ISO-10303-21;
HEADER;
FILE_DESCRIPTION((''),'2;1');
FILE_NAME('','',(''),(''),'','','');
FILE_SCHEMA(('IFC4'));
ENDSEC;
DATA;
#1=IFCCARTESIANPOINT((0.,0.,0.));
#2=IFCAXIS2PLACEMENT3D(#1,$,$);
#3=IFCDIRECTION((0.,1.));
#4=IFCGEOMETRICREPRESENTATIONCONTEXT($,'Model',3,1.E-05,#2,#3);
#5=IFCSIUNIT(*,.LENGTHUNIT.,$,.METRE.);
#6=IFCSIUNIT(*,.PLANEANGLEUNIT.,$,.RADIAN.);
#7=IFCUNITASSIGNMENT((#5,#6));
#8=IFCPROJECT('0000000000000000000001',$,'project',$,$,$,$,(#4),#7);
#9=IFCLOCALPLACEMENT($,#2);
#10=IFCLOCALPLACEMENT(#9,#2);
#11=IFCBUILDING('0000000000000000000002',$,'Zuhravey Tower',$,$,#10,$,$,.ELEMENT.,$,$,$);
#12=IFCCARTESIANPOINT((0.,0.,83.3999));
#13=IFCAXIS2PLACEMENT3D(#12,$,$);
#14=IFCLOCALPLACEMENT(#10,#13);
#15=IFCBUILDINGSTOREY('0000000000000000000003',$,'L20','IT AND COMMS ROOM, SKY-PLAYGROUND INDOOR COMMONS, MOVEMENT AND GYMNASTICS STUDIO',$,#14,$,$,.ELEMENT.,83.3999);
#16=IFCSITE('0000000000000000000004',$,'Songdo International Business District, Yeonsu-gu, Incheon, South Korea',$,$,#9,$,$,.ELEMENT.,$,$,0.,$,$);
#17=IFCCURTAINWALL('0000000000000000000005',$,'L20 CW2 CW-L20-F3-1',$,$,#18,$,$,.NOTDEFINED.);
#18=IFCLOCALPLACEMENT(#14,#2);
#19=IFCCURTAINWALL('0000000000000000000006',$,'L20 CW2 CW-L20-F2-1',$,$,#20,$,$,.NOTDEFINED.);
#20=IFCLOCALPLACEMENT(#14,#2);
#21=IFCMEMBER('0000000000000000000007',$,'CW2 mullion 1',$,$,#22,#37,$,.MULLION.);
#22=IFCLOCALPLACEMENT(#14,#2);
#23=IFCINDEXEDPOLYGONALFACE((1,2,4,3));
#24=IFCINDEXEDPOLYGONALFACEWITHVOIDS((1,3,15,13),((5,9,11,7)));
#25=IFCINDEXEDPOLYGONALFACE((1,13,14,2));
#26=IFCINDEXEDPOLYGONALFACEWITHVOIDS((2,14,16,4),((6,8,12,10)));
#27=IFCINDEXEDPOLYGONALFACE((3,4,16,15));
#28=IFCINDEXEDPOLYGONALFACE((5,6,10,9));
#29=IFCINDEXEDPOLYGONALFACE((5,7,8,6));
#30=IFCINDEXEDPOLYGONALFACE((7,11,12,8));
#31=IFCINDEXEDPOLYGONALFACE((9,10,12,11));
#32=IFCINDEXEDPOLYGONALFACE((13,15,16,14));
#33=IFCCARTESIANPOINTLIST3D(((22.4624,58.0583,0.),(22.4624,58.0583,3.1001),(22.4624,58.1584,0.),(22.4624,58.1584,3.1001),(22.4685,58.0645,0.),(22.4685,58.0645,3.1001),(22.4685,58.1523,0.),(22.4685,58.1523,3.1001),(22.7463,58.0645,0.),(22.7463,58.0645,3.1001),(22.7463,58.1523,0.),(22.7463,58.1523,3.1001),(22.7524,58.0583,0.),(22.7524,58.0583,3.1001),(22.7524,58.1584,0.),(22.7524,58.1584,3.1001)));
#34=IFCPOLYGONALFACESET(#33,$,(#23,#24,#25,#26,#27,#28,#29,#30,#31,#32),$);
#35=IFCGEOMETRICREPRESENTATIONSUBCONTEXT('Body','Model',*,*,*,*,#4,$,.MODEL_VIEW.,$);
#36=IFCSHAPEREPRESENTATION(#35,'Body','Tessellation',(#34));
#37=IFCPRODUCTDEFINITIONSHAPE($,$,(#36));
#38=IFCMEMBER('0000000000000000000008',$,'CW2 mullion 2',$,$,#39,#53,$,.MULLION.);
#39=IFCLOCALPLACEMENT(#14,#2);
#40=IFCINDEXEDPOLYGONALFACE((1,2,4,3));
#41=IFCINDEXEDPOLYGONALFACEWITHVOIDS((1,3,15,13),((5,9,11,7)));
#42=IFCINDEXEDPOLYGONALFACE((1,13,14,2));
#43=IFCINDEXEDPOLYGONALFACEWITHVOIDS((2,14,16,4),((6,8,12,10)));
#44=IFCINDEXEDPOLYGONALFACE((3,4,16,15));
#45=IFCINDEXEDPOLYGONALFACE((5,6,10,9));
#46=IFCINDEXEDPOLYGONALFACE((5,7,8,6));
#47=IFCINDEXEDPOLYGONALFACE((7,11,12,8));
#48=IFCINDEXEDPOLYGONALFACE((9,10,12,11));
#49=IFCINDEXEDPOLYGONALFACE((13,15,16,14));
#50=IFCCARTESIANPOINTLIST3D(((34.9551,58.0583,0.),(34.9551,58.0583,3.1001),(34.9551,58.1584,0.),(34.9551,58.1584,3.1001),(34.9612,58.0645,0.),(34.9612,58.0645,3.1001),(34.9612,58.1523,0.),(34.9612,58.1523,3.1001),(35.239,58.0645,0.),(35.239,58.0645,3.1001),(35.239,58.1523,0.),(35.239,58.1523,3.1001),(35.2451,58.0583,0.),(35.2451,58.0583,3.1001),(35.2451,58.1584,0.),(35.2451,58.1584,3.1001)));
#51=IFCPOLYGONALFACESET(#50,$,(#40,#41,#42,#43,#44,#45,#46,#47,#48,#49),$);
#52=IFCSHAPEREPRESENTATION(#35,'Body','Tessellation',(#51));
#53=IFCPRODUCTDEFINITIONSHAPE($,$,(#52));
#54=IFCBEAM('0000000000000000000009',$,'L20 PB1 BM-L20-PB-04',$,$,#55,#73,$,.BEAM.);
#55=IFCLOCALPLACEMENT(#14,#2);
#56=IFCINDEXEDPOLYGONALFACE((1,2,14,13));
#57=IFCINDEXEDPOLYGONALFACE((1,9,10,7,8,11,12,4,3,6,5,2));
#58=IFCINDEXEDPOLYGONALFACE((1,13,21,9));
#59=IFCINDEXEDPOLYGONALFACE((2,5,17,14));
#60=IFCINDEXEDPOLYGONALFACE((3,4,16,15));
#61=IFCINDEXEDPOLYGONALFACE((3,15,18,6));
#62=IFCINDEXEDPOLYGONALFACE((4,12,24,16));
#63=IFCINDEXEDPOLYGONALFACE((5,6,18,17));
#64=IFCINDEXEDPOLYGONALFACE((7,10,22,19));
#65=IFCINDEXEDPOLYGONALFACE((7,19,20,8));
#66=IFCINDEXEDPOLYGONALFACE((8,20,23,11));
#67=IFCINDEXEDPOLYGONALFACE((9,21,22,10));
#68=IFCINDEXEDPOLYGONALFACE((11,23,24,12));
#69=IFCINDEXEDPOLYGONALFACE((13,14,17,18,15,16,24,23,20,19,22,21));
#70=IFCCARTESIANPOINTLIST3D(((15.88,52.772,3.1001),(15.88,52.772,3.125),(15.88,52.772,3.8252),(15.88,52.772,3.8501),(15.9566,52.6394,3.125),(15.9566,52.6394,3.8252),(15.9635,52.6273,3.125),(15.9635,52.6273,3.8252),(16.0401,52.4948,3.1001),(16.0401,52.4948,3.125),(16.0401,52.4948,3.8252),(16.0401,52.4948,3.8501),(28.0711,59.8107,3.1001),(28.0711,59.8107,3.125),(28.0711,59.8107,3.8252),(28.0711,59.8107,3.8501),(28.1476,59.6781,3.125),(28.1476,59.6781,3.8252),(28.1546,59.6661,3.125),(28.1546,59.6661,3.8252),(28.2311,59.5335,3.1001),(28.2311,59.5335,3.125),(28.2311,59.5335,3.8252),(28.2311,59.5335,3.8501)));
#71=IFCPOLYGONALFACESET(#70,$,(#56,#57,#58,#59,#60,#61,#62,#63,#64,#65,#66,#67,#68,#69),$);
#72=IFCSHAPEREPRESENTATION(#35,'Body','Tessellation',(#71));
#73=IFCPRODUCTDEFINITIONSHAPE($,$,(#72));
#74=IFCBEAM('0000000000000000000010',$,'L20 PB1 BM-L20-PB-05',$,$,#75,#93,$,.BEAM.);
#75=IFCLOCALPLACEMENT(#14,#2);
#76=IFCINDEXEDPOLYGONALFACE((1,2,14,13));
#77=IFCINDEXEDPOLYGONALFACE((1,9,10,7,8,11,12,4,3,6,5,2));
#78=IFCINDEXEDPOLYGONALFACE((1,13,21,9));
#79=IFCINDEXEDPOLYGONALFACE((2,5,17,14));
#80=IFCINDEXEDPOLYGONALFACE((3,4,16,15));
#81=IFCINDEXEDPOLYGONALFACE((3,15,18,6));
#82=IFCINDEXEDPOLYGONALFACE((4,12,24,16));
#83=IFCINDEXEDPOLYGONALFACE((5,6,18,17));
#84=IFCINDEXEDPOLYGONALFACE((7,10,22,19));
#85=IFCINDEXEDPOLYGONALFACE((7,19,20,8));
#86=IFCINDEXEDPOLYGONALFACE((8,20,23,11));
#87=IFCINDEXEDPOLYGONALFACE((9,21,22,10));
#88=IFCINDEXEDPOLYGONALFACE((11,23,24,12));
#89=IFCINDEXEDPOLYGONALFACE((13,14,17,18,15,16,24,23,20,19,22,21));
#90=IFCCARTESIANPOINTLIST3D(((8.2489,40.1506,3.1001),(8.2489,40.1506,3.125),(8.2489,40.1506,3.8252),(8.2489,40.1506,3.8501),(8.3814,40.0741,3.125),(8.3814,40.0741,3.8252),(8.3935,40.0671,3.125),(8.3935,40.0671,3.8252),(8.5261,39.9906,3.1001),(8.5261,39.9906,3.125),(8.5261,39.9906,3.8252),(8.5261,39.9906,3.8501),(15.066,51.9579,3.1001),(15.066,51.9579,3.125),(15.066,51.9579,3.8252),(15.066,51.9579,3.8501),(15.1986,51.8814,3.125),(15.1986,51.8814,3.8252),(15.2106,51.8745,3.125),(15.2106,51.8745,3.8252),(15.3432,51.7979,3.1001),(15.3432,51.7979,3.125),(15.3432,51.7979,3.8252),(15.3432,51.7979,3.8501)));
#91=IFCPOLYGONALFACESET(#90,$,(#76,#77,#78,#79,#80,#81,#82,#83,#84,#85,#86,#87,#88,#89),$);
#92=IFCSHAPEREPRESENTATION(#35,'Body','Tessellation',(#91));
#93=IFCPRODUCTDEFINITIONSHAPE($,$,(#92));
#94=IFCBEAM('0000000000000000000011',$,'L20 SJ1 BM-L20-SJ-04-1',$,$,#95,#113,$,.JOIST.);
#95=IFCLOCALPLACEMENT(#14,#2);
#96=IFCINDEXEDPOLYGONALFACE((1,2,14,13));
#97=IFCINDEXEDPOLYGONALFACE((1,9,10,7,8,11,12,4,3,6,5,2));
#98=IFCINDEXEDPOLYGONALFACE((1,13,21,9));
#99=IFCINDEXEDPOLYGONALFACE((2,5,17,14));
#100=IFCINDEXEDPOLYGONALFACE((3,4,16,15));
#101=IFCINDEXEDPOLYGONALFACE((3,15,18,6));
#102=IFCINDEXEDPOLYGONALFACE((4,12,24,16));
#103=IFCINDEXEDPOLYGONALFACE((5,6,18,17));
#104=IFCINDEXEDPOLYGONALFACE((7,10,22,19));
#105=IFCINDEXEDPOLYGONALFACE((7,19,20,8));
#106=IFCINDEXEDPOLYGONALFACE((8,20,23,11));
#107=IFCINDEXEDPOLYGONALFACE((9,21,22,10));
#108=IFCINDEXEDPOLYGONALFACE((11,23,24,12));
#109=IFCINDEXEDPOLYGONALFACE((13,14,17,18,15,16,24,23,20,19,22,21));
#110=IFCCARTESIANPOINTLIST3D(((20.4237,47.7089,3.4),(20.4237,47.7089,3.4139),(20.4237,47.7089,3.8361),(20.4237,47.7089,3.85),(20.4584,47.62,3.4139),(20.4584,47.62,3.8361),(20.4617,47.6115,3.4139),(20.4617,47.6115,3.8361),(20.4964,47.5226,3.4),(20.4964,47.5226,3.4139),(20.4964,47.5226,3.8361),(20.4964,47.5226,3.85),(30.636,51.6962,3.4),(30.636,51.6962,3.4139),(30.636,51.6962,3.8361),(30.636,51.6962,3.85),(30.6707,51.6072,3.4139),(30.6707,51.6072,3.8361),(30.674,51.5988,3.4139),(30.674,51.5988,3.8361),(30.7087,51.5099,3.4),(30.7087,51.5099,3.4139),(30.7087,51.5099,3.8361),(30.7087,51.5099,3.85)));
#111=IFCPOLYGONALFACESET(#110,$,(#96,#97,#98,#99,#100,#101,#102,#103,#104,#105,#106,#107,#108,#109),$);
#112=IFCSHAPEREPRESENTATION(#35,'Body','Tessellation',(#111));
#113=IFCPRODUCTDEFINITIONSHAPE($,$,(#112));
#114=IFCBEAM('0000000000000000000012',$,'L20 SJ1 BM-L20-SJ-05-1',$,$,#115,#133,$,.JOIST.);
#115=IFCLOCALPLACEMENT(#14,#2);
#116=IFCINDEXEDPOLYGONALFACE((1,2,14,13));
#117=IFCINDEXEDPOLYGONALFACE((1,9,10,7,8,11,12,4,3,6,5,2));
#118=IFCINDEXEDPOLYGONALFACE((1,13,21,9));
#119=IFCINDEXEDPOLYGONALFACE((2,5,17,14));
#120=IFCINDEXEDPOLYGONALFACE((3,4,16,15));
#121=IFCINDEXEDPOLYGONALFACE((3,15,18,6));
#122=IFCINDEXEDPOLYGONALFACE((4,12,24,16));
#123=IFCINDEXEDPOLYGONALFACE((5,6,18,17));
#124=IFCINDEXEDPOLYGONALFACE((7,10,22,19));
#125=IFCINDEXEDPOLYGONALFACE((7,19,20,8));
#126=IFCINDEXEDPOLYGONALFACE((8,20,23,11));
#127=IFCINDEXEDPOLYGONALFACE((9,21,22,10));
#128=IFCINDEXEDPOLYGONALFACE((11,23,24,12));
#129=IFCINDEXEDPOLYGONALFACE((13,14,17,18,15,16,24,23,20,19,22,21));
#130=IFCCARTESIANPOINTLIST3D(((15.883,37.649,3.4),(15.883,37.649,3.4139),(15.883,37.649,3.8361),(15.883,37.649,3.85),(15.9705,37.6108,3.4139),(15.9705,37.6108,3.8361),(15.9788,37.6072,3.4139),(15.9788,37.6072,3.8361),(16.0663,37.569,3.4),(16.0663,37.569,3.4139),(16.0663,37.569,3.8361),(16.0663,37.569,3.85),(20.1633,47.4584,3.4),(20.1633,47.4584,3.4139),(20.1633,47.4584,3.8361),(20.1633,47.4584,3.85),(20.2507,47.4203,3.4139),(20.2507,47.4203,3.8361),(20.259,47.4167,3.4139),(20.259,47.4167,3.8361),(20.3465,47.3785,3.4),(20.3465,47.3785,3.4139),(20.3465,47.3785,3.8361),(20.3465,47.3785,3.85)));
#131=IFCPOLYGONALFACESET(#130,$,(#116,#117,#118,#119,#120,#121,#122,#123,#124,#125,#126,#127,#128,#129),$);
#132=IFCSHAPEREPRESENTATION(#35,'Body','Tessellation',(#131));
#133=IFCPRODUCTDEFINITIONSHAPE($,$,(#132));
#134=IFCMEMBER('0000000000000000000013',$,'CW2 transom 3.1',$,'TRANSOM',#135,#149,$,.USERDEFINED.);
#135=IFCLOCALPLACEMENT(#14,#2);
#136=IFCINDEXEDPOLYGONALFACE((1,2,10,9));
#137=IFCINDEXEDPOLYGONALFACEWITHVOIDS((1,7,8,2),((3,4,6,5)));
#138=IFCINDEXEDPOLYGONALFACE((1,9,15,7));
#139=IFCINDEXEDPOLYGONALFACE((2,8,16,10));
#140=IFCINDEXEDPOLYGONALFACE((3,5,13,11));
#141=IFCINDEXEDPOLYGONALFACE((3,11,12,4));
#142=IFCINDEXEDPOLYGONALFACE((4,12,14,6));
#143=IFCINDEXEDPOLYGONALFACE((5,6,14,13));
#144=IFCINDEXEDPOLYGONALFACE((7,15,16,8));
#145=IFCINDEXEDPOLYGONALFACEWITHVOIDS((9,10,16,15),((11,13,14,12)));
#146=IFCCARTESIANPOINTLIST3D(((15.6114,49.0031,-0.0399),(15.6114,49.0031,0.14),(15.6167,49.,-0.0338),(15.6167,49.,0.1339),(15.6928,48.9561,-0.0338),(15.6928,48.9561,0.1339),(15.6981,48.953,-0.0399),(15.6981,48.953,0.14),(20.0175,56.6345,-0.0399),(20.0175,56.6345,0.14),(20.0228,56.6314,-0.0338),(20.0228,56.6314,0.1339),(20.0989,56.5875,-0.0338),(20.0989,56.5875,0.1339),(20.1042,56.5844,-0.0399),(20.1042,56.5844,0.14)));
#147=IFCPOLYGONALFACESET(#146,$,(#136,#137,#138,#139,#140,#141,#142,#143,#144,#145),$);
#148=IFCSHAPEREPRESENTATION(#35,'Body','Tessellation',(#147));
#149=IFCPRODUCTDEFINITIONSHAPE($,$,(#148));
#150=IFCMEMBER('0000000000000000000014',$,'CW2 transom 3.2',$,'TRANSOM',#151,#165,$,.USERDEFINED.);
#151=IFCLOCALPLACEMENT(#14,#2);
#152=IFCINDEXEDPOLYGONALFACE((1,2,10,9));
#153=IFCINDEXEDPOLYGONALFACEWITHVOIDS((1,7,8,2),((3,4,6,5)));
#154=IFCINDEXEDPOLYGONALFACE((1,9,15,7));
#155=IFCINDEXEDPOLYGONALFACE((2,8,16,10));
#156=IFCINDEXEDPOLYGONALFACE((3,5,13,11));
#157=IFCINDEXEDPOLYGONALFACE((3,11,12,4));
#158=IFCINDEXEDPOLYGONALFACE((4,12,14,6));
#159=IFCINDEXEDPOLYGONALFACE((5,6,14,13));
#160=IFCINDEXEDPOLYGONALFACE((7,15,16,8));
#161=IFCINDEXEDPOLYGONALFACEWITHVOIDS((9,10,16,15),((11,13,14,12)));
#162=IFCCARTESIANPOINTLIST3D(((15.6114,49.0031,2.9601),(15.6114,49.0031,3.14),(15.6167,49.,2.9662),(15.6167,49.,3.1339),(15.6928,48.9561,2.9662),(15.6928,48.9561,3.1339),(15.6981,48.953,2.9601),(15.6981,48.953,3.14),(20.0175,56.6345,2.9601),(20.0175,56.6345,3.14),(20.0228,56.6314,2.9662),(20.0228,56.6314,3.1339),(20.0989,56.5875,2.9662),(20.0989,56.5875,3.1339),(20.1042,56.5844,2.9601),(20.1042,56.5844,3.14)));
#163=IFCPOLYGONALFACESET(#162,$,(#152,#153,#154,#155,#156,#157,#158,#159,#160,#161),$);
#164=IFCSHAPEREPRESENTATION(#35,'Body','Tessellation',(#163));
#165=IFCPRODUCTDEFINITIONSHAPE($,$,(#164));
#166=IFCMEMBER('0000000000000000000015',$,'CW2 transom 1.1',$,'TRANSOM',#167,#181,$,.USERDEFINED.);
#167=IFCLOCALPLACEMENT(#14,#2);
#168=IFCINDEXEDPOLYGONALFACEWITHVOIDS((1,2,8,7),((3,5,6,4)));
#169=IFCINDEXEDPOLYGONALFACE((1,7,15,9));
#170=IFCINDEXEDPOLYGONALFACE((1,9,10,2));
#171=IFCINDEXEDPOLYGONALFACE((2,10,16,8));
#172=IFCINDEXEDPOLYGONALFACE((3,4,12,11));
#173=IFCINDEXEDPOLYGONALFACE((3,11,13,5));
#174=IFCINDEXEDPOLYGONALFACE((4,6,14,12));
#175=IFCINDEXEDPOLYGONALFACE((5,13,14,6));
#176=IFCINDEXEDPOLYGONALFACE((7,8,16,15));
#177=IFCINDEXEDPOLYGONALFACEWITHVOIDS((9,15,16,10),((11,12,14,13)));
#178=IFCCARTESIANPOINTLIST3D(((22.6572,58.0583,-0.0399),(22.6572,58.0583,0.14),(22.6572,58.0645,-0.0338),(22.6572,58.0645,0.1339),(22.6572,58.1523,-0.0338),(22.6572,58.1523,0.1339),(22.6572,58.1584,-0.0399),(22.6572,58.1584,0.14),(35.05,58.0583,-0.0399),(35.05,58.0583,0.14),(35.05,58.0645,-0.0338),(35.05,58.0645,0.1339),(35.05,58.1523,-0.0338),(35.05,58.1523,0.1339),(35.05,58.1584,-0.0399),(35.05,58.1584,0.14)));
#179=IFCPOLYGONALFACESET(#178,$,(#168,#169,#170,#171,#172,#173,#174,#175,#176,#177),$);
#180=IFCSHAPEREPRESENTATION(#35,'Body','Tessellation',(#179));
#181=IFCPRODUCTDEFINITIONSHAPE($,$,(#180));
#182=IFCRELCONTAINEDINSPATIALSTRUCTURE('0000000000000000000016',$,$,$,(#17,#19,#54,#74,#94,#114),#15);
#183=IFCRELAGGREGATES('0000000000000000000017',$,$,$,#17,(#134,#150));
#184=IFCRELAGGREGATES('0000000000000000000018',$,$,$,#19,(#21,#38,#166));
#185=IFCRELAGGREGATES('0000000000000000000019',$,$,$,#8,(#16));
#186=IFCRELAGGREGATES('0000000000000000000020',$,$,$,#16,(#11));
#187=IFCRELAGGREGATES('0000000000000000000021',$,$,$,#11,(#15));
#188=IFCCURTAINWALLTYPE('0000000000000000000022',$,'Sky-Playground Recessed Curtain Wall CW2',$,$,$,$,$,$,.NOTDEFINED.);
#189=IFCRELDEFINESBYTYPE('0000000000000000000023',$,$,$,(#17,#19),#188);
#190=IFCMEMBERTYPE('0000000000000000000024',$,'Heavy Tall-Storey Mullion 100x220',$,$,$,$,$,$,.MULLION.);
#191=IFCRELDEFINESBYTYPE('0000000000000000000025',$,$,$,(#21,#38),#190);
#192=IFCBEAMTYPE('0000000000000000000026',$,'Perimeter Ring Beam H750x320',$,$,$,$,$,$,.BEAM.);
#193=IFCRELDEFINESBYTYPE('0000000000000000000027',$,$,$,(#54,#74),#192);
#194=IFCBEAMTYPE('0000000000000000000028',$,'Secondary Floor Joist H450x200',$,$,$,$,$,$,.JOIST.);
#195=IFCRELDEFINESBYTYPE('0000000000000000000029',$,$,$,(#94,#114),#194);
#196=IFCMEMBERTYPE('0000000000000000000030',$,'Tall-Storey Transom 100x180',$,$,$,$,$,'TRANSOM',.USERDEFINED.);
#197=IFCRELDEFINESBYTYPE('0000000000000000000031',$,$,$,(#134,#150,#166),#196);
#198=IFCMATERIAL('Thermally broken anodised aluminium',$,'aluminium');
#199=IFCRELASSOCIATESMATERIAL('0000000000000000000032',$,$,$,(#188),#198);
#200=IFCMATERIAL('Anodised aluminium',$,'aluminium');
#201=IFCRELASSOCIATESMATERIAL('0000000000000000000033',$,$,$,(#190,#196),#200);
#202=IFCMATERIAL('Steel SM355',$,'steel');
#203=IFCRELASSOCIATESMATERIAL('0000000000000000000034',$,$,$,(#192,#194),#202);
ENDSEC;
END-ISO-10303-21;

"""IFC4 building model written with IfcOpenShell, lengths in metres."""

from ifc_helpers import new_model, si_unit, direction, frame, origin, origin_2d, place, context, subcontext, project, spatial, hollow_rectangle, i_section, extrude, material, material_profile, profile_set, type_object, element, aggregate, save


model = new_model("IFC4")

# Units and contexts
model_context = context("Model", 3, precision=1e-05, world=origin(), true_north=direction((0.0, 1.0)))
body_context = subcontext(model_context, "Body", "Model", "MODEL_VIEW")
ifc_project = project(units=[si_unit("LENGTHUNIT", "METRE"), si_unit("PLANEANGLEUNIT", "RADIAN")], contexts=[model_context])

# Site, building, storey
site_placement = place(None, origin())
site = spatial("IfcSite", under=ifc_project, at=site_placement, Name="Songdo International Business District, Yeonsu-gu, Incheon, South Korea", CompositionType="ELEMENT", RefElevation=0.0)
building_placement = place(site_placement, origin())
building = spatial("IfcBuilding", under=site, at=building_placement, Name="Zuhravey Tower", CompositionType="ELEMENT")
storey_placement = place(building_placement, frame((0.0, 0.0, 83.3999)))
storey = spatial("IfcBuildingStorey", under=building, at=storey_placement, Name="L20", Description="IT AND COMMS ROOM, SKY-PLAYGROUND INDOOR COMMONS, MOVEMENT AND GYMNASTICS STUDIO", CompositionType="ELEMENT", Elevation=83.3999)

# Curtain walls, members
ifc_material_1 = material(Name="Thermally broken anodised aluminium", Category="aluminium")
curtain_wall_type = type_object("IfcCurtainWallType", Name="Sky-Playground Recessed Curtain Wall CW2", PredefinedType="NOTDEFINED", material=ifc_material_1)
curtain_wall_1_placement = place(storey_placement, origin())
curtain_wall_1 = element("IfcCurtainWall", 1, at=curtain_wall_1_placement, inside=storey, type_object=curtain_wall_type, Name="L20 CW2 CW-L20-F3-1", PredefinedType="NOTDEFINED")
ifc_material_2 = material(Name="Anodised aluminium", Category="aluminium")
ifc_material_profile_1 = material_profile(ifc_material_2, hollow_rectangle(XDim=0.1001, YDim=0.29, WallThickness=0.0061, at=origin_2d()), Name="ALU-RHS-100x290x6")
ifc_profile_set_1 = profile_set([ifc_material_profile_1], Name="Anodised aluminium")
member_type_1 = type_object("IfcMemberType", Name="Heavy Tall-Storey Mullion 100x220", PredefinedType="MULLION", material=ifc_profile_set_1)
curtain_wall_2_placement = place(storey_placement, origin())
curtain_wall_2 = element("IfcCurtainWall", 2, at=curtain_wall_2_placement, inside=storey, type_object=curtain_wall_type, Name="L20 CW2 CW-L20-F2-1", PredefinedType="NOTDEFINED")
member_1_placement = place(storey_placement, frame((22.6074, 58.1084, 0.0), z_axis=(0.0, 0.0, 1.0), x_axis=(0.0, 1.0, 0.0)))
member_1 = element("IfcMember", 3, at=member_1_placement, type_object=member_type_1, Name="CW2 mullion 1", PredefinedType="MULLION", context=body_context, shape_type="SweptSolid", body=[
    extrude(hollow_rectangle(XDim=0.1001, YDim=0.29, WallThickness=0.0061, at=origin_2d()), origin(), (0.0, 0.0, 1.0), 3.1001),
])
member_2_placement = place(storey_placement, frame((35.1001, 58.1084, 0.0), z_axis=(0.0, 0.0, 1.0), x_axis=(0.0, 1.0, 0.0)))
member_2 = element("IfcMember", 4, at=member_2_placement, type_object=member_type_1, Name="CW2 mullion 2", PredefinedType="MULLION", context=body_context, shape_type="SweptSolid", body=[
    extrude(hollow_rectangle(XDim=0.1001, YDim=0.29, WallThickness=0.0061, at=origin_2d()), origin(), (0.0, 0.0, 1.0), 3.1001),
])

# Beams
ifc_material_3 = material(Name="Steel SM355", Category="steel")
ifc_material_profile_2 = material_profile(ifc_material_3, i_section(OverallWidth=0.3201, OverallDepth=0.75, WebThickness=0.0139, FlangeThickness=0.0249, at=origin_2d()), Name="H-750x320x14x25")
ifc_profile_set_2 = profile_set([ifc_material_profile_2], Name="Steel SM355")
beam_type_1 = type_object("IfcBeamType", Name="Perimeter Ring Beam H750x320", PredefinedType="BEAM", material=ifc_profile_set_2)
beam_1_placement = place(storey_placement, frame((28.1511, 59.6721, 3.4751), z_axis=(-0.866018, -0.500013, 0.0), x_axis=(0.500013, -0.866018, 0.0)))
element("IfcBeam", 5, at=beam_1_placement, inside=storey, type_object=beam_type_1, Name="L20 PB1 BM-L20-PB-04", PredefinedType="BEAM", context=body_context, shape_type="SweptSolid", body=[
    extrude(i_section(OverallWidth=0.3201, OverallDepth=0.75, WebThickness=0.0139, FlangeThickness=0.0249, at=origin_2d()), origin(), (0.0, 0.0, 1.0), 14.0771),
])
beam_2_placement = place(storey_placement, frame((15.2046, 51.8779, 3.4751), z_axis=(-0.500008, -0.866021, 0.0), x_axis=(0.866021, -0.500008, 0.0)))
element("IfcBeam", 6, at=beam_2_placement, inside=storey, type_object=beam_type_1, Name="L20 PB1 BM-L20-PB-05", PredefinedType="BEAM", context=body_context, shape_type="SweptSolid", body=[
    extrude(i_section(OverallWidth=0.3201, OverallDepth=0.75, WebThickness=0.0139, FlangeThickness=0.0249, at=origin_2d()), origin(), (0.0, 0.0, 1.0), 13.634),
])
ifc_material_profile_3 = material_profile(ifc_material_3, i_section(OverallWidth=0.2, OverallDepth=0.45, WebThickness=0.009, FlangeThickness=0.0139, at=origin_2d()), Name="H-450x200x9x14")
ifc_profile_set_3 = profile_set([ifc_material_profile_3], Name="Steel SM355")
beam_type_2 = type_object("IfcBeamType", Name="Secondary Floor Joist H450x200", PredefinedType="JOIST", material=ifc_profile_set_3)
beam_3_placement = place(storey_placement, frame((30.6724, 51.603, 3.625), z_axis=(-0.931517, -0.363699, 0.0), x_axis=(0.363699, -0.931517, 0.0)))
element("IfcBeam", 7, at=beam_3_placement, inside=storey, type_object=beam_type_2, Name="L20 SJ1 BM-L20-SJ-04-1", PredefinedType="JOIST", context=body_context, shape_type="SweptSolid", body=[
    extrude(i_section(OverallWidth=0.2, OverallDepth=0.45, WebThickness=0.009, FlangeThickness=0.0139, at=origin_2d()), origin(), (0.0, 0.0, 1.0), 10.9631),
])
beam_4_placement = place(storey_placement, frame((20.2549, 47.4185, 3.625), z_axis=(-0.399924, -0.916549, 0.0), x_axis=(0.916549, -0.399924, 0.0)))
element("IfcBeam", 8, at=beam_4_placement, inside=storey, type_object=beam_type_2, Name="L20 SJ1 BM-L20-SJ-05-1", PredefinedType="JOIST", context=body_context, shape_type="SweptSolid", body=[
    extrude(i_section(OverallWidth=0.2, OverallDepth=0.45, WebThickness=0.009, FlangeThickness=0.0139, at=origin_2d()), origin(), (0.0, 0.0, 1.0), 10.7026),
])

# Members
ifc_material_profile_4 = material_profile(ifc_material_2, hollow_rectangle(XDim=0.1001, YDim=0.1799, WallThickness=0.0061, at=origin_2d()), Name="ALU-RHS-100x180x6")
ifc_profile_set_4 = profile_set([ifc_material_profile_4], Name="Anodised aluminium")
member_type_2 = type_object("IfcMemberType", Name="Tall-Storey Transom 100x180", ElementType="TRANSOM", PredefinedType="USERDEFINED", material=ifc_profile_set_4)
member_3_placement = place(storey_placement, frame((15.6548, 48.978, 0.05), z_axis=(0.500004, 0.866023, 0.0), x_axis=(-0.866023, 0.500004, 0.0)))
member_3 = element("IfcMember", 9, at=member_3_placement, type_object=member_type_2, Name="CW2 transom 3.1", ObjectType="TRANSOM", PredefinedType="USERDEFINED", context=body_context, shape_type="SweptSolid", body=[
    extrude(hollow_rectangle(XDim=0.1001, YDim=0.1799, WallThickness=0.0061, at=origin_2d()), origin(), (0.0, 0.0, 1.0), 8.812),
])
member_4_placement = place(storey_placement, frame((15.6548, 48.978, 3.05), z_axis=(0.500004, 0.866023, 0.0), x_axis=(-0.866023, 0.500004, 0.0)))
member_4 = element("IfcMember", 10, at=member_4_placement, type_object=member_type_2, Name="CW2 transom 3.2", ObjectType="TRANSOM", PredefinedType="USERDEFINED", context=body_context, shape_type="SweptSolid", body=[
    extrude(hollow_rectangle(XDim=0.1001, YDim=0.1799, WallThickness=0.0061, at=origin_2d()), origin(), (0.0, 0.0, 1.0), 8.812),
])
member_5_placement = place(storey_placement, frame((22.6572, 58.1084, 0.05), z_axis=(1.0, 0.0, 0.0), x_axis=(0.0, 1.0, 0.0)))
member_5 = element("IfcMember", 11, at=member_5_placement, type_object=member_type_2, Name="CW2 transom 1.1", ObjectType="TRANSOM", PredefinedType="USERDEFINED", context=body_context, shape_type="SweptSolid", body=[
    extrude(hollow_rectangle(XDim=0.1001, YDim=0.1799, WallThickness=0.0061, at=origin_2d()), origin(), (0.0, 0.0, 1.0), 12.3928),
])

aggregate(curtain_wall_1, [member_3, member_4])
aggregate(curtain_wall_2, [member_1, member_2, member_5])

save(model, "model.ifc")
